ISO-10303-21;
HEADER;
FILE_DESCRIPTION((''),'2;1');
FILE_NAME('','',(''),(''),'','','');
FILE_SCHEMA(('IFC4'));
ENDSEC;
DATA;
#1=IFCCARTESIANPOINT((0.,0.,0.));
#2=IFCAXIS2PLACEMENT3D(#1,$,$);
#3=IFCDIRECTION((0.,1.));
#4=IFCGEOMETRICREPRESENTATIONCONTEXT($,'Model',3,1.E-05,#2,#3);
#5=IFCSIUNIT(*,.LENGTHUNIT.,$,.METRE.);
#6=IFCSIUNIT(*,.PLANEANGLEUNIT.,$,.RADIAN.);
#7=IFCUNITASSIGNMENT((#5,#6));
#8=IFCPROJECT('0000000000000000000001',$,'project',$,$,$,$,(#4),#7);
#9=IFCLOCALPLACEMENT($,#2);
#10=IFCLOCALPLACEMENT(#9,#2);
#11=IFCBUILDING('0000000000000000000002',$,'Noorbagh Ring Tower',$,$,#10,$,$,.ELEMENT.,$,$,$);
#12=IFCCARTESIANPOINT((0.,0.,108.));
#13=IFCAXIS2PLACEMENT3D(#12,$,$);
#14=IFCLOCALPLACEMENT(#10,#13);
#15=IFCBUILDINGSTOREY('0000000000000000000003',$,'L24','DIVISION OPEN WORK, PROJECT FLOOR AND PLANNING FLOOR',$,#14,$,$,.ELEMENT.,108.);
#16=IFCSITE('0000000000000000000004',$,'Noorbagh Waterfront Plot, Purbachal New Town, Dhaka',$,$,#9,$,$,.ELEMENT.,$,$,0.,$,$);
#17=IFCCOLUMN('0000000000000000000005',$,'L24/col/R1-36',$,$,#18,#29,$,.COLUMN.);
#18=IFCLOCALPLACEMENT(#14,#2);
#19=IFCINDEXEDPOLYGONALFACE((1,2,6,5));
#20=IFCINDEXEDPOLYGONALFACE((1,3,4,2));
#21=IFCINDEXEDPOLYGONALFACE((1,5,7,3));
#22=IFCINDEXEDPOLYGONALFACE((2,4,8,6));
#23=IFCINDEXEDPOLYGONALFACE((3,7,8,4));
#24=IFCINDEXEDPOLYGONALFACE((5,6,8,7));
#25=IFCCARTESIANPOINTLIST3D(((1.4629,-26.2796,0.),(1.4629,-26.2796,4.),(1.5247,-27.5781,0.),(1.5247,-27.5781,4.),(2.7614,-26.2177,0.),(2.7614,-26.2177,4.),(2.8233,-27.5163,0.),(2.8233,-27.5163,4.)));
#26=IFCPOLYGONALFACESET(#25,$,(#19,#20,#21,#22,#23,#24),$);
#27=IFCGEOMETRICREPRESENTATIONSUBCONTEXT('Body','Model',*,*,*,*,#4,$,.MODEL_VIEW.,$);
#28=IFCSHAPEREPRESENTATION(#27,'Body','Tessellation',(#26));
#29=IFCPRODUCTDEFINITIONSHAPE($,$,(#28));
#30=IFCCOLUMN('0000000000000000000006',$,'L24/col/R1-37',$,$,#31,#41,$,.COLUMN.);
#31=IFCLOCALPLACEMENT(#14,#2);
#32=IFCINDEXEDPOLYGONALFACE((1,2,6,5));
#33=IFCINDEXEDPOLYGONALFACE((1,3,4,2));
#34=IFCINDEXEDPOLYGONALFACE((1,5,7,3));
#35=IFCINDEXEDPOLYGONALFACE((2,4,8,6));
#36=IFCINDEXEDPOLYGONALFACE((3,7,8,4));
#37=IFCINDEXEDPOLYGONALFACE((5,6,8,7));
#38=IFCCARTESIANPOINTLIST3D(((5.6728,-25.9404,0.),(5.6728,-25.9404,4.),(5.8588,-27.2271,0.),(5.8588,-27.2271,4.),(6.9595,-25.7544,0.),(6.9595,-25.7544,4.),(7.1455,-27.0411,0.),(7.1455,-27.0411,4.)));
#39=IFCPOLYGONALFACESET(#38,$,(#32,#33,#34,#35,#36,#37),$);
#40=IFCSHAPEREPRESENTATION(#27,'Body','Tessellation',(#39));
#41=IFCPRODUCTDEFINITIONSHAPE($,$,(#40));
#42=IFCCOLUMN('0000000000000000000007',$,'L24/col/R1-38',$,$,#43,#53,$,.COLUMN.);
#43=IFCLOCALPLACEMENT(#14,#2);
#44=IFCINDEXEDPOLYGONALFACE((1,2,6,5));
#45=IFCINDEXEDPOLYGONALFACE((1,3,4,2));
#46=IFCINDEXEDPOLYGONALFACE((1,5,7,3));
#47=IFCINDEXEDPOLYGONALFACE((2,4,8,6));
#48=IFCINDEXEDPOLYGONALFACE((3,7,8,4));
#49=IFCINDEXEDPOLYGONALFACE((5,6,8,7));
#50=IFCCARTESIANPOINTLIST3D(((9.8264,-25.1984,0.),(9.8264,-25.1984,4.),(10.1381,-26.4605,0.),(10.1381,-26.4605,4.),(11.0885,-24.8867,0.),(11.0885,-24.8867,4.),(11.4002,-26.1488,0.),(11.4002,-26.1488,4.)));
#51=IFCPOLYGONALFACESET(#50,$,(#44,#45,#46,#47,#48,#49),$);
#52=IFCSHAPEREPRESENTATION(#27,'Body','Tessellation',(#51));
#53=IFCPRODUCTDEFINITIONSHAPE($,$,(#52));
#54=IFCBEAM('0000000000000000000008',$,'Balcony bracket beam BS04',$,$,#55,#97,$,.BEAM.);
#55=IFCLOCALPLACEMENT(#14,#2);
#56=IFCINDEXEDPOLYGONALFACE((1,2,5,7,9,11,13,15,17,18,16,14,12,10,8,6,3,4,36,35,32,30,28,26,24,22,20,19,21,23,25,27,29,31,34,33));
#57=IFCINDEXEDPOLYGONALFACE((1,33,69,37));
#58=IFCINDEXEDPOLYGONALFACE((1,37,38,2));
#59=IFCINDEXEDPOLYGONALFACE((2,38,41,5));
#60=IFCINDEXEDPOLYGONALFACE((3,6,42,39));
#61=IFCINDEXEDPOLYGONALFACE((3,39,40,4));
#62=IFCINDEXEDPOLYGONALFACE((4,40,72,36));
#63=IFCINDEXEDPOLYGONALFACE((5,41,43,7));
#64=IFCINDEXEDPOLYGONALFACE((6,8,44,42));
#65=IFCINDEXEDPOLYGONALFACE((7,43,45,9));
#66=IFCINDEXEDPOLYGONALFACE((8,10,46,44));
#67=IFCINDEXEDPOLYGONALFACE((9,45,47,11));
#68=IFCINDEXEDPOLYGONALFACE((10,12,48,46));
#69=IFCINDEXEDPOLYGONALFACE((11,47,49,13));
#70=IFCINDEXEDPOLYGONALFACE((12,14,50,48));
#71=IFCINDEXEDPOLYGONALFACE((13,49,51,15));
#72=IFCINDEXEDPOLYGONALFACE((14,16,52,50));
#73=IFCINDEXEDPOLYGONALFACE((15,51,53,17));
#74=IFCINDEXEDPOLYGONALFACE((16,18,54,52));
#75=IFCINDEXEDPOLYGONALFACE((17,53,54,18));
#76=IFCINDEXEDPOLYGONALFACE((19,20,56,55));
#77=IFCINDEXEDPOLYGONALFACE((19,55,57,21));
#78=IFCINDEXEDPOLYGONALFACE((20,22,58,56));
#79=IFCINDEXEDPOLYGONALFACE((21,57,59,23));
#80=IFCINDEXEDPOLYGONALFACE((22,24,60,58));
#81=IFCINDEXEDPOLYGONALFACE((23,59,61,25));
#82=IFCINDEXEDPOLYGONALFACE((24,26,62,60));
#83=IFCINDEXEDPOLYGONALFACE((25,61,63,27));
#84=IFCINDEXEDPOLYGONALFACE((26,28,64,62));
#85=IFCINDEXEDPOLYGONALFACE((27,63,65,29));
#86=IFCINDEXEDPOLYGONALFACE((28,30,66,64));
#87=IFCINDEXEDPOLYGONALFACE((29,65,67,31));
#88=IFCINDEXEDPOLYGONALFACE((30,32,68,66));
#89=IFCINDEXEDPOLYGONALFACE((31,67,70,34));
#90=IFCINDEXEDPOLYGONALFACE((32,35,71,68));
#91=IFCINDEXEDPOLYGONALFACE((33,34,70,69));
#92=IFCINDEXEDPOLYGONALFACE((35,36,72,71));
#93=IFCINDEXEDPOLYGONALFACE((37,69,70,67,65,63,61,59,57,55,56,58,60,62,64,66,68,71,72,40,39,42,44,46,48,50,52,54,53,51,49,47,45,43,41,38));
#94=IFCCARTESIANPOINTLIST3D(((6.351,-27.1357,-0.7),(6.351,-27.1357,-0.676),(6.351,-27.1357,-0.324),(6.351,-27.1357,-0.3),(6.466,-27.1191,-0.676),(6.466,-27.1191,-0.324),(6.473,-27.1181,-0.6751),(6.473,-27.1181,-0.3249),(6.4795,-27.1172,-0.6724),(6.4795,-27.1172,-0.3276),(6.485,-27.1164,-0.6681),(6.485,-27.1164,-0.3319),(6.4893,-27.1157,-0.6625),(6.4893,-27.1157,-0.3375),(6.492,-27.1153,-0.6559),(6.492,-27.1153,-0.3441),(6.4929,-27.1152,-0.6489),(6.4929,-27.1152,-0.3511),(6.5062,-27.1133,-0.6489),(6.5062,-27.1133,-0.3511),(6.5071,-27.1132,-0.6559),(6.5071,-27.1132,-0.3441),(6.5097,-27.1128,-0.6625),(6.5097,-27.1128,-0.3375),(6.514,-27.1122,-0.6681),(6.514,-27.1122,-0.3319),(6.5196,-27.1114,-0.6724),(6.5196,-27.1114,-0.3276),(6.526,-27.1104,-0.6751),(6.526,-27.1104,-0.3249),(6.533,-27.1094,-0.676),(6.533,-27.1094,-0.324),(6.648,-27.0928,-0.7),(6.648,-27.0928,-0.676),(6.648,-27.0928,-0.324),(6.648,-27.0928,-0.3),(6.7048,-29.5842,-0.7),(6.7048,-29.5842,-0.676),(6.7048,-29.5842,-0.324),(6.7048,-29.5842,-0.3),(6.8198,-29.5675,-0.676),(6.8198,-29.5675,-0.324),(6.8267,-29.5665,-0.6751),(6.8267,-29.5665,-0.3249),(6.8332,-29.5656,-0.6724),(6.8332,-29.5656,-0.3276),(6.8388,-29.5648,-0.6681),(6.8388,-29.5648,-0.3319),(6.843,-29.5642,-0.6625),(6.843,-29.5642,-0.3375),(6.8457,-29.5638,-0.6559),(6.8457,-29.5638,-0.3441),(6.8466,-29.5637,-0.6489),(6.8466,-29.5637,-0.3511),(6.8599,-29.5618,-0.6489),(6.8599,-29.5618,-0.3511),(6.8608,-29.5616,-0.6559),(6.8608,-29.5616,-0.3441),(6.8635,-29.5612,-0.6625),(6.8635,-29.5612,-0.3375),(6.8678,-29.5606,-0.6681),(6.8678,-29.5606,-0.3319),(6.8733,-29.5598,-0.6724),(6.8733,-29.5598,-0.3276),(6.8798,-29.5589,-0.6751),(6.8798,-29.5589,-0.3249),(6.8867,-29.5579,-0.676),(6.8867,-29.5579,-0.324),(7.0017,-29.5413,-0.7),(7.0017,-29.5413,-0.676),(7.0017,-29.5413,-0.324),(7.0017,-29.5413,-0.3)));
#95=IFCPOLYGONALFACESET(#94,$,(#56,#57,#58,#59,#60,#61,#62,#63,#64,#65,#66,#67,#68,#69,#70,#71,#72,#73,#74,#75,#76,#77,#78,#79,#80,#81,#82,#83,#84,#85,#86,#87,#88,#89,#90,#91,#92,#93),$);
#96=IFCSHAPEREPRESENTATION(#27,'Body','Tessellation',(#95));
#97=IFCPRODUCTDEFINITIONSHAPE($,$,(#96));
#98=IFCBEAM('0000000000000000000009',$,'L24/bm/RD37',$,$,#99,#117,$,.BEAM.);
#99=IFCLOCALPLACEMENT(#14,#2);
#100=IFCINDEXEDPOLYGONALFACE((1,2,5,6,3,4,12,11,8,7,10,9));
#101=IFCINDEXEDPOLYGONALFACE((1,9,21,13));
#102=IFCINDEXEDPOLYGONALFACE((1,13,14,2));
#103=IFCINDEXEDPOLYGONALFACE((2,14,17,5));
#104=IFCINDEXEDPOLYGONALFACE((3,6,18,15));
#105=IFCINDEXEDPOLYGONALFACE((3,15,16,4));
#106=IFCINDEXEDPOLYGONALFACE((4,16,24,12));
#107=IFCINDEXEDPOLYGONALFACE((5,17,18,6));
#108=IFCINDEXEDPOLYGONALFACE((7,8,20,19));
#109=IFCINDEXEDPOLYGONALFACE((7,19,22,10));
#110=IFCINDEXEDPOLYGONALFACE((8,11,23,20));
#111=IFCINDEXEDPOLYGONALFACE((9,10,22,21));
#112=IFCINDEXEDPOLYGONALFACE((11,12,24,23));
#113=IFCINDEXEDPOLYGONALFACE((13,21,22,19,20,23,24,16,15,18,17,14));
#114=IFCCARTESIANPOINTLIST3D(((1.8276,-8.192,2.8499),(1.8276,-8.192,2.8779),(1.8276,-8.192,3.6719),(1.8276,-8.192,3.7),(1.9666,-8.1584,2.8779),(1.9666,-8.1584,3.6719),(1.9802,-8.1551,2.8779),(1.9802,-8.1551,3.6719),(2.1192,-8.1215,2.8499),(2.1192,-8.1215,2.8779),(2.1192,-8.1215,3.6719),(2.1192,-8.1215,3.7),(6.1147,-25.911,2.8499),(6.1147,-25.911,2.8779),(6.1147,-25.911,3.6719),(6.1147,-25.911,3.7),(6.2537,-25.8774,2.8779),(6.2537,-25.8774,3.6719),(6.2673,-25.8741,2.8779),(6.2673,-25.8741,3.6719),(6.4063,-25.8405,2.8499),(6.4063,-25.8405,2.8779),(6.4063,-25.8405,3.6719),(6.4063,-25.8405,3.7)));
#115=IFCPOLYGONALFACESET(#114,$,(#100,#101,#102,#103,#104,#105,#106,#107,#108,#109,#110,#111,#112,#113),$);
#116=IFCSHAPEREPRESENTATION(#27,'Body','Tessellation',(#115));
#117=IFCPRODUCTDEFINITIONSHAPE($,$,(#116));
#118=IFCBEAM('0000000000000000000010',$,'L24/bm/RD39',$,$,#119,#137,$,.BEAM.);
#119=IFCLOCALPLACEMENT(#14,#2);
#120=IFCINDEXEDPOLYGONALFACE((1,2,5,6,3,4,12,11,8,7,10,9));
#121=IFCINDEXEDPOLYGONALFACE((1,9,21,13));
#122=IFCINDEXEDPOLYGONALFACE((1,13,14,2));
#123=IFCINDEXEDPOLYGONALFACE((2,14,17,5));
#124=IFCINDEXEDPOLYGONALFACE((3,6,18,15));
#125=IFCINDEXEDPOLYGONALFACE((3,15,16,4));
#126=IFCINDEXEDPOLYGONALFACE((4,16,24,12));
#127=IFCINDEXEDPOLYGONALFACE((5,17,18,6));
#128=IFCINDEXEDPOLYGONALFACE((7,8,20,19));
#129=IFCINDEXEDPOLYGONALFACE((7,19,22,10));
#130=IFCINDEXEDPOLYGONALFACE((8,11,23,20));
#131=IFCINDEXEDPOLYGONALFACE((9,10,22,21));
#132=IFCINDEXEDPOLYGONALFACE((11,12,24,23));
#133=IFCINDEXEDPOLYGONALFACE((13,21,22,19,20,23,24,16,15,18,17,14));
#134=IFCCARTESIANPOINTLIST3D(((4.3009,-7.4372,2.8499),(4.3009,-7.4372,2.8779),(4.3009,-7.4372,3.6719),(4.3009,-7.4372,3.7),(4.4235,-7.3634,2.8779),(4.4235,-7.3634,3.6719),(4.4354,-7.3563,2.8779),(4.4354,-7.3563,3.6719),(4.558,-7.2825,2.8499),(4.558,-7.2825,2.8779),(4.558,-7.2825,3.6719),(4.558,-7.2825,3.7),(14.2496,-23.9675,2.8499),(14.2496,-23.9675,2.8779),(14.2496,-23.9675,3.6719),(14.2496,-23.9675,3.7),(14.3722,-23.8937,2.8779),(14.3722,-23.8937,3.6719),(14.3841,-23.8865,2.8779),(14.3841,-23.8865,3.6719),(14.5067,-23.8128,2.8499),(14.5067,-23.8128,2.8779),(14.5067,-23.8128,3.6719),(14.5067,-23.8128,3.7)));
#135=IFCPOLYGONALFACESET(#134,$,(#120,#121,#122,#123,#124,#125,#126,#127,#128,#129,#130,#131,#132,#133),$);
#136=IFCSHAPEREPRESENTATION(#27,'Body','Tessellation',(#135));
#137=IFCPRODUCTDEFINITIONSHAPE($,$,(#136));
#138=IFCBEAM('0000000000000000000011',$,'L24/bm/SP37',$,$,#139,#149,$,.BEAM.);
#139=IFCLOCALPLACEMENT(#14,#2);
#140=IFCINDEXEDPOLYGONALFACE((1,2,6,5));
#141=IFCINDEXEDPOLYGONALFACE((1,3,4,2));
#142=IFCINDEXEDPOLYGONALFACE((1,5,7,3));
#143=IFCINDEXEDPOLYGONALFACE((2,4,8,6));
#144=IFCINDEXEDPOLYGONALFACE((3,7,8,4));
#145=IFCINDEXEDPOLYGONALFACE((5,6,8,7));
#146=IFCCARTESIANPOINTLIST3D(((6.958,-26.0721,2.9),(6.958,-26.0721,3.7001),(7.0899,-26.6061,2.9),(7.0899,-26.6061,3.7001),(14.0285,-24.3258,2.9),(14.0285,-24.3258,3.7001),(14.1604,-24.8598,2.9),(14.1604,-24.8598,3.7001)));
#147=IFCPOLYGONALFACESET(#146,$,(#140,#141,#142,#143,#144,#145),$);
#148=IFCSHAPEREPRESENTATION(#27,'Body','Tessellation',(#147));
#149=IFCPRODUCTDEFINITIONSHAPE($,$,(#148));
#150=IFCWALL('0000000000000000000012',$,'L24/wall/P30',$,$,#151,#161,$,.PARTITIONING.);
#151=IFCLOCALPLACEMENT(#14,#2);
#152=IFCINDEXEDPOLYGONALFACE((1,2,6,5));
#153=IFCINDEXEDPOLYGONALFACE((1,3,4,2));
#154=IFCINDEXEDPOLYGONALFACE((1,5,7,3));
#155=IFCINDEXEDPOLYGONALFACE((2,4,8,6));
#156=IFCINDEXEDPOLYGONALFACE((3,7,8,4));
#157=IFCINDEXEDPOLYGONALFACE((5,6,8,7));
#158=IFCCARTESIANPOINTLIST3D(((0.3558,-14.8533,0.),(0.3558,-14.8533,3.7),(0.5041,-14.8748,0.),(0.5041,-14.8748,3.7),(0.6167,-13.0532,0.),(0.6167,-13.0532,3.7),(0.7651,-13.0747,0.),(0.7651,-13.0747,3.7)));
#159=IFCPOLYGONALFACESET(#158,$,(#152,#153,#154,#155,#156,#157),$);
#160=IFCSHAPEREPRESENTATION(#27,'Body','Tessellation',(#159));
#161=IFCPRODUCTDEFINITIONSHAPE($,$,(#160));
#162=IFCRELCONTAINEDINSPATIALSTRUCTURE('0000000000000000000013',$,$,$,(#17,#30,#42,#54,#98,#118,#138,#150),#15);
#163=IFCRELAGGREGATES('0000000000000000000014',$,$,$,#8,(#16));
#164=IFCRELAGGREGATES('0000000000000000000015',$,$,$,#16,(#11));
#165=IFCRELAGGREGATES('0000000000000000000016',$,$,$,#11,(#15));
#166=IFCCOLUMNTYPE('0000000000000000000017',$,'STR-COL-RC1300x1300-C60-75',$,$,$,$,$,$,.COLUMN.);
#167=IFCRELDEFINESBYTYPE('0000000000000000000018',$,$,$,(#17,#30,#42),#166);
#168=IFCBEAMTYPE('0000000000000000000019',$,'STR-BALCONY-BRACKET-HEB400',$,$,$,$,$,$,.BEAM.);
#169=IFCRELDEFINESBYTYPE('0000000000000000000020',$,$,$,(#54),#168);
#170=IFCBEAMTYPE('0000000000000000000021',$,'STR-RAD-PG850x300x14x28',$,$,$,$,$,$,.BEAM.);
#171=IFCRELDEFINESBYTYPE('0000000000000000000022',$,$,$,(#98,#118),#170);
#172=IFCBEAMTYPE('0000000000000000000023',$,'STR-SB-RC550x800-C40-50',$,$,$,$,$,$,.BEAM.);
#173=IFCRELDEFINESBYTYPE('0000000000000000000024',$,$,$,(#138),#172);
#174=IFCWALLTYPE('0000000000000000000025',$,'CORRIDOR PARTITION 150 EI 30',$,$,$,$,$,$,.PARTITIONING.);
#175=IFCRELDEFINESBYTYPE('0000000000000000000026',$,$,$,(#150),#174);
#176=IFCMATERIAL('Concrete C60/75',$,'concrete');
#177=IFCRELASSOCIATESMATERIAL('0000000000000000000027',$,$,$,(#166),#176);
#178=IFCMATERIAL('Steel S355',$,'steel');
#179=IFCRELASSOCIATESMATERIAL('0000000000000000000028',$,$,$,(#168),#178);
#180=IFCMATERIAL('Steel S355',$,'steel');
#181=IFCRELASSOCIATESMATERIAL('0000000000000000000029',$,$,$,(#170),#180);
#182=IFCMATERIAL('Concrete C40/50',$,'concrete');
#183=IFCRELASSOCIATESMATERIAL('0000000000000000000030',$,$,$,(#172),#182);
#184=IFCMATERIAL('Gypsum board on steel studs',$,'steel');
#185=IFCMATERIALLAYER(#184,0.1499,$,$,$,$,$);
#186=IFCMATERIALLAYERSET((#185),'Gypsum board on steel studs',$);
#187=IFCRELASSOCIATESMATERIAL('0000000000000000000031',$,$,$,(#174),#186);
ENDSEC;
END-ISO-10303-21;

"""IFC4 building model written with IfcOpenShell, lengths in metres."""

from ifc_helpers import new_model, si_unit, direction, frame, frame_2d, origin, origin_2d, place, context, subcontext, project, spatial, rectangle, i_section, extrude, material, layer, layer_set, material_profile, profile_set, type_object, element, save


model = new_model("IFC4")

# Units and contexts
model_context = context("Model", 3, precision=1e-05, world=origin(), true_north=direction((0.0, 1.0)))
body_context = subcontext(model_context, "Body", "Model", "MODEL_VIEW")
ifc_project = project(units=[si_unit("LENGTHUNIT", "METRE"), si_unit("PLANEANGLEUNIT", "RADIAN")], contexts=[model_context])

# Site, building, storey
site_placement = place(None, origin())
site = spatial("IfcSite", under=ifc_project, at=site_placement, Name="Noorbagh Waterfront Plot, Purbachal New Town, Dhaka", CompositionType="ELEMENT", RefElevation=0.0)
building_placement = place(site_placement, origin())
building = spatial("IfcBuilding", under=site, at=building_placement, Name="Noorbagh Ring Tower", CompositionType="ELEMENT")
storey_placement = place(building_placement, frame((0.0, 0.0, 108.0)))
storey = spatial("IfcBuildingStorey", under=building, at=storey_placement, Name="L24", Description="DIVISION OPEN WORK, PROJECT FLOOR AND PLANNING FLOOR", CompositionType="ELEMENT", Elevation=108.0)

# Columns
ifc_material_1 = material(Name="Concrete C60/75", Category="concrete")
ifc_material_profile_1 = material_profile(ifc_material_1, rectangle(XDim=1.3, YDim=1.3, at=origin_2d()), Name="RC1300x1300")
ifc_profile_set_1 = profile_set([ifc_material_profile_1], Name="Concrete C60/75")
column_type = type_object("IfcColumnType", Name="STR-COL-RC1300x1300-C60-75", PredefinedType="COLUMN", material=ifc_profile_set_1)
for number, where, z_axis, x_axis, name in (
    (1, (2.1431, -26.8979, 0.0), (0.0, 0.0, 1.0), (0.998869, 0.047553, 0.0), "L24/col/R1-36"),
    (2, (6.4092, -26.4907, 0.0), (0.0, 0.0, 1.0), (0.989713, 0.143066, 0.0), "L24/col/R1-37"),
    (3, (10.6133, -25.6736, 0.0), (0.0, 0.0, 1.0), (0.970829, 0.239771, 0.0), "L24/col/R1-38"),
):
    element("IfcColumn", number, at=place(storey_placement, frame(where, z_axis=z_axis, x_axis=x_axis)), inside=storey, type_object=column_type, Name=name, PredefinedType="COLUMN", context=body_context, shape_type="SweptSolid", body=[
        extrude(rectangle(XDim=1.3, YDim=1.3, at=origin_2d()), origin(), (0.0, 0.0, 1.0), 4.0),
    ])

# Beams
ifc_material_2 = material(Name="Steel S355", Category="steel")
ifc_material_profile_2 = material_profile(ifc_material_2, i_section(OverallWidth=0.3, OverallDepth=0.3999, WebThickness=0.0134, FlangeThickness=0.0239, FilletRadius=0.0271, at=origin_2d()), Name="HEB400")
ifc_profile_set_2 = profile_set([ifc_material_profile_2], Name="Steel S355")
beam_type_1 = type_object("IfcBeamType", Name="STR-BALCONY-BRACKET-HEB400", PredefinedType="BEAM", material=ifc_profile_set_2)
beam_1_placement = place(storey_placement, frame((6.4995, -27.1143, -0.5), z_axis=(0.142996, -0.989723, 0.0), x_axis=(0.989723, 0.142996, 0.0)))
element("IfcBeam", 4, at=beam_1_placement, inside=storey, type_object=beam_type_1, Name="Balcony bracket beam BS04", PredefinedType="BEAM", context=body_context, shape_type="SweptSolid", body=[
    extrude(i_section(OverallWidth=0.3, OverallDepth=0.3999, WebThickness=0.0134, FlangeThickness=0.0239, FilletRadius=0.0271, at=origin_2d()), origin(), (0.0, 0.0, 1.0), 2.4739),
])
ifc_material_3 = material(Name="Steel S355", Category="steel")
ifc_material_profile_3 = material_profile(ifc_material_3, i_section(OverallWidth=0.3, OverallDepth=0.8501, WebThickness=0.0139, FlangeThickness=0.0281, at=origin_2d()), Name="PG850x300x14x28")
ifc_profile_set_3 = profile_set([ifc_material_profile_3], Name="Steel S355")
beam_type_2 = type_object("IfcBeamType", Name="STR-RAD-PG850x300x14x28", PredefinedType="BEAM", material=ifc_profile_set_3)
beam_2_placement = place(storey_placement, frame((6.2605, -25.8757, 3.2749), z_axis=(-0.235165, 0.971956, 0.0), x_axis=(-0.971956, -0.235165, 0.0)))
element("IfcBeam", 5, at=beam_2_placement, inside=storey, type_object=beam_type_2, Name="L24/bm/RD37", PredefinedType="BEAM", context=body_context, shape_type="SweptSolid", body=[
    extrude(i_section(OverallWidth=0.3, OverallDepth=0.8501, WebThickness=0.0139, FlangeThickness=0.0281, at=origin_2d()), origin(), (0.0, 0.0, 1.0), 18.2302),
])
beam_3_placement = place(storey_placement, frame((14.3782, -23.8901, 3.2749), z_axis=(-0.51566, 0.856793, 0.0), x_axis=(-0.856793, -0.51566, 0.0)))
element("IfcBeam", 6, at=beam_3_placement, inside=storey, type_object=beam_type_2, Name="L24/bm/RD39", PredefinedType="BEAM", context=body_context, shape_type="SweptSolid", body=[
    extrude(i_section(OverallWidth=0.3, OverallDepth=0.8501, WebThickness=0.0139, FlangeThickness=0.0281, at=origin_2d()), origin(), (0.0, 0.0, 1.0), 19.2932),
])
ifc_material_4 = material(Name="Concrete C40/50", Category="concrete")
ifc_material_profile_4 = material_profile(ifc_material_4, rectangle(XDim=0.55, YDim=0.8, at=origin_2d()), Name="RC550x800")
ifc_profile_set_4 = profile_set([ifc_material_profile_4], Name="Concrete C40/50")
beam_type_3 = type_object("IfcBeamType", Name="STR-SB-RC550x800-C40-50", PredefinedType="BEAM", material=ifc_profile_set_4)
beam_4_placement = place(storey_placement, frame((7.0239, -26.3391, 3.3), z_axis=(0.970827, 0.239782, 0.0), x_axis=(-0.239782, 0.970827, 0.0)))
element("IfcBeam", 7, at=beam_4_placement, inside=storey, type_object=beam_type_3, Name="L24/bm/SP37", PredefinedType="BEAM", context=body_context, shape_type="SweptSolid", body=[
    extrude(rectangle(XDim=0.55, YDim=0.8, at=origin_2d()), origin(), (0.0, 0.0, 1.0), 7.283),
])

# Wall
ifc_material_5 = material(Name="Gypsum board on steel studs", Category="steel")
ifc_layer_1 = layer(ifc_material_5, 0.1499)
ifc_layer_set_1 = layer_set([ifc_layer_1], Name="Gypsum board on steel studs")
wall_type_1 = type_object("IfcWallType", Name="CORRIDOR PARTITION 150 EI 30", PredefinedType="PARTITIONING", material=ifc_layer_set_1)
wall_1_placement = place(storey_placement, frame((0.4299, -14.864, 0.0), z_axis=(0.0, 0.0, 1.0), x_axis=(0.143488, 0.989652, 0.0)))
element("IfcWall", 8, at=wall_1_placement, inside=storey, type_object=wall_type_1, Name="L24/wall/P30", PredefinedType="PARTITIONING", context=body_context, shape_type="SweptSolid", body=[
    extrude(rectangle(XDim=1.8188, YDim=0.1499, at=frame_2d((0.9094, 0.0))), origin(), (0.0, 0.0, 1.0), 3.7),
])

save(model, "model.ifc")
